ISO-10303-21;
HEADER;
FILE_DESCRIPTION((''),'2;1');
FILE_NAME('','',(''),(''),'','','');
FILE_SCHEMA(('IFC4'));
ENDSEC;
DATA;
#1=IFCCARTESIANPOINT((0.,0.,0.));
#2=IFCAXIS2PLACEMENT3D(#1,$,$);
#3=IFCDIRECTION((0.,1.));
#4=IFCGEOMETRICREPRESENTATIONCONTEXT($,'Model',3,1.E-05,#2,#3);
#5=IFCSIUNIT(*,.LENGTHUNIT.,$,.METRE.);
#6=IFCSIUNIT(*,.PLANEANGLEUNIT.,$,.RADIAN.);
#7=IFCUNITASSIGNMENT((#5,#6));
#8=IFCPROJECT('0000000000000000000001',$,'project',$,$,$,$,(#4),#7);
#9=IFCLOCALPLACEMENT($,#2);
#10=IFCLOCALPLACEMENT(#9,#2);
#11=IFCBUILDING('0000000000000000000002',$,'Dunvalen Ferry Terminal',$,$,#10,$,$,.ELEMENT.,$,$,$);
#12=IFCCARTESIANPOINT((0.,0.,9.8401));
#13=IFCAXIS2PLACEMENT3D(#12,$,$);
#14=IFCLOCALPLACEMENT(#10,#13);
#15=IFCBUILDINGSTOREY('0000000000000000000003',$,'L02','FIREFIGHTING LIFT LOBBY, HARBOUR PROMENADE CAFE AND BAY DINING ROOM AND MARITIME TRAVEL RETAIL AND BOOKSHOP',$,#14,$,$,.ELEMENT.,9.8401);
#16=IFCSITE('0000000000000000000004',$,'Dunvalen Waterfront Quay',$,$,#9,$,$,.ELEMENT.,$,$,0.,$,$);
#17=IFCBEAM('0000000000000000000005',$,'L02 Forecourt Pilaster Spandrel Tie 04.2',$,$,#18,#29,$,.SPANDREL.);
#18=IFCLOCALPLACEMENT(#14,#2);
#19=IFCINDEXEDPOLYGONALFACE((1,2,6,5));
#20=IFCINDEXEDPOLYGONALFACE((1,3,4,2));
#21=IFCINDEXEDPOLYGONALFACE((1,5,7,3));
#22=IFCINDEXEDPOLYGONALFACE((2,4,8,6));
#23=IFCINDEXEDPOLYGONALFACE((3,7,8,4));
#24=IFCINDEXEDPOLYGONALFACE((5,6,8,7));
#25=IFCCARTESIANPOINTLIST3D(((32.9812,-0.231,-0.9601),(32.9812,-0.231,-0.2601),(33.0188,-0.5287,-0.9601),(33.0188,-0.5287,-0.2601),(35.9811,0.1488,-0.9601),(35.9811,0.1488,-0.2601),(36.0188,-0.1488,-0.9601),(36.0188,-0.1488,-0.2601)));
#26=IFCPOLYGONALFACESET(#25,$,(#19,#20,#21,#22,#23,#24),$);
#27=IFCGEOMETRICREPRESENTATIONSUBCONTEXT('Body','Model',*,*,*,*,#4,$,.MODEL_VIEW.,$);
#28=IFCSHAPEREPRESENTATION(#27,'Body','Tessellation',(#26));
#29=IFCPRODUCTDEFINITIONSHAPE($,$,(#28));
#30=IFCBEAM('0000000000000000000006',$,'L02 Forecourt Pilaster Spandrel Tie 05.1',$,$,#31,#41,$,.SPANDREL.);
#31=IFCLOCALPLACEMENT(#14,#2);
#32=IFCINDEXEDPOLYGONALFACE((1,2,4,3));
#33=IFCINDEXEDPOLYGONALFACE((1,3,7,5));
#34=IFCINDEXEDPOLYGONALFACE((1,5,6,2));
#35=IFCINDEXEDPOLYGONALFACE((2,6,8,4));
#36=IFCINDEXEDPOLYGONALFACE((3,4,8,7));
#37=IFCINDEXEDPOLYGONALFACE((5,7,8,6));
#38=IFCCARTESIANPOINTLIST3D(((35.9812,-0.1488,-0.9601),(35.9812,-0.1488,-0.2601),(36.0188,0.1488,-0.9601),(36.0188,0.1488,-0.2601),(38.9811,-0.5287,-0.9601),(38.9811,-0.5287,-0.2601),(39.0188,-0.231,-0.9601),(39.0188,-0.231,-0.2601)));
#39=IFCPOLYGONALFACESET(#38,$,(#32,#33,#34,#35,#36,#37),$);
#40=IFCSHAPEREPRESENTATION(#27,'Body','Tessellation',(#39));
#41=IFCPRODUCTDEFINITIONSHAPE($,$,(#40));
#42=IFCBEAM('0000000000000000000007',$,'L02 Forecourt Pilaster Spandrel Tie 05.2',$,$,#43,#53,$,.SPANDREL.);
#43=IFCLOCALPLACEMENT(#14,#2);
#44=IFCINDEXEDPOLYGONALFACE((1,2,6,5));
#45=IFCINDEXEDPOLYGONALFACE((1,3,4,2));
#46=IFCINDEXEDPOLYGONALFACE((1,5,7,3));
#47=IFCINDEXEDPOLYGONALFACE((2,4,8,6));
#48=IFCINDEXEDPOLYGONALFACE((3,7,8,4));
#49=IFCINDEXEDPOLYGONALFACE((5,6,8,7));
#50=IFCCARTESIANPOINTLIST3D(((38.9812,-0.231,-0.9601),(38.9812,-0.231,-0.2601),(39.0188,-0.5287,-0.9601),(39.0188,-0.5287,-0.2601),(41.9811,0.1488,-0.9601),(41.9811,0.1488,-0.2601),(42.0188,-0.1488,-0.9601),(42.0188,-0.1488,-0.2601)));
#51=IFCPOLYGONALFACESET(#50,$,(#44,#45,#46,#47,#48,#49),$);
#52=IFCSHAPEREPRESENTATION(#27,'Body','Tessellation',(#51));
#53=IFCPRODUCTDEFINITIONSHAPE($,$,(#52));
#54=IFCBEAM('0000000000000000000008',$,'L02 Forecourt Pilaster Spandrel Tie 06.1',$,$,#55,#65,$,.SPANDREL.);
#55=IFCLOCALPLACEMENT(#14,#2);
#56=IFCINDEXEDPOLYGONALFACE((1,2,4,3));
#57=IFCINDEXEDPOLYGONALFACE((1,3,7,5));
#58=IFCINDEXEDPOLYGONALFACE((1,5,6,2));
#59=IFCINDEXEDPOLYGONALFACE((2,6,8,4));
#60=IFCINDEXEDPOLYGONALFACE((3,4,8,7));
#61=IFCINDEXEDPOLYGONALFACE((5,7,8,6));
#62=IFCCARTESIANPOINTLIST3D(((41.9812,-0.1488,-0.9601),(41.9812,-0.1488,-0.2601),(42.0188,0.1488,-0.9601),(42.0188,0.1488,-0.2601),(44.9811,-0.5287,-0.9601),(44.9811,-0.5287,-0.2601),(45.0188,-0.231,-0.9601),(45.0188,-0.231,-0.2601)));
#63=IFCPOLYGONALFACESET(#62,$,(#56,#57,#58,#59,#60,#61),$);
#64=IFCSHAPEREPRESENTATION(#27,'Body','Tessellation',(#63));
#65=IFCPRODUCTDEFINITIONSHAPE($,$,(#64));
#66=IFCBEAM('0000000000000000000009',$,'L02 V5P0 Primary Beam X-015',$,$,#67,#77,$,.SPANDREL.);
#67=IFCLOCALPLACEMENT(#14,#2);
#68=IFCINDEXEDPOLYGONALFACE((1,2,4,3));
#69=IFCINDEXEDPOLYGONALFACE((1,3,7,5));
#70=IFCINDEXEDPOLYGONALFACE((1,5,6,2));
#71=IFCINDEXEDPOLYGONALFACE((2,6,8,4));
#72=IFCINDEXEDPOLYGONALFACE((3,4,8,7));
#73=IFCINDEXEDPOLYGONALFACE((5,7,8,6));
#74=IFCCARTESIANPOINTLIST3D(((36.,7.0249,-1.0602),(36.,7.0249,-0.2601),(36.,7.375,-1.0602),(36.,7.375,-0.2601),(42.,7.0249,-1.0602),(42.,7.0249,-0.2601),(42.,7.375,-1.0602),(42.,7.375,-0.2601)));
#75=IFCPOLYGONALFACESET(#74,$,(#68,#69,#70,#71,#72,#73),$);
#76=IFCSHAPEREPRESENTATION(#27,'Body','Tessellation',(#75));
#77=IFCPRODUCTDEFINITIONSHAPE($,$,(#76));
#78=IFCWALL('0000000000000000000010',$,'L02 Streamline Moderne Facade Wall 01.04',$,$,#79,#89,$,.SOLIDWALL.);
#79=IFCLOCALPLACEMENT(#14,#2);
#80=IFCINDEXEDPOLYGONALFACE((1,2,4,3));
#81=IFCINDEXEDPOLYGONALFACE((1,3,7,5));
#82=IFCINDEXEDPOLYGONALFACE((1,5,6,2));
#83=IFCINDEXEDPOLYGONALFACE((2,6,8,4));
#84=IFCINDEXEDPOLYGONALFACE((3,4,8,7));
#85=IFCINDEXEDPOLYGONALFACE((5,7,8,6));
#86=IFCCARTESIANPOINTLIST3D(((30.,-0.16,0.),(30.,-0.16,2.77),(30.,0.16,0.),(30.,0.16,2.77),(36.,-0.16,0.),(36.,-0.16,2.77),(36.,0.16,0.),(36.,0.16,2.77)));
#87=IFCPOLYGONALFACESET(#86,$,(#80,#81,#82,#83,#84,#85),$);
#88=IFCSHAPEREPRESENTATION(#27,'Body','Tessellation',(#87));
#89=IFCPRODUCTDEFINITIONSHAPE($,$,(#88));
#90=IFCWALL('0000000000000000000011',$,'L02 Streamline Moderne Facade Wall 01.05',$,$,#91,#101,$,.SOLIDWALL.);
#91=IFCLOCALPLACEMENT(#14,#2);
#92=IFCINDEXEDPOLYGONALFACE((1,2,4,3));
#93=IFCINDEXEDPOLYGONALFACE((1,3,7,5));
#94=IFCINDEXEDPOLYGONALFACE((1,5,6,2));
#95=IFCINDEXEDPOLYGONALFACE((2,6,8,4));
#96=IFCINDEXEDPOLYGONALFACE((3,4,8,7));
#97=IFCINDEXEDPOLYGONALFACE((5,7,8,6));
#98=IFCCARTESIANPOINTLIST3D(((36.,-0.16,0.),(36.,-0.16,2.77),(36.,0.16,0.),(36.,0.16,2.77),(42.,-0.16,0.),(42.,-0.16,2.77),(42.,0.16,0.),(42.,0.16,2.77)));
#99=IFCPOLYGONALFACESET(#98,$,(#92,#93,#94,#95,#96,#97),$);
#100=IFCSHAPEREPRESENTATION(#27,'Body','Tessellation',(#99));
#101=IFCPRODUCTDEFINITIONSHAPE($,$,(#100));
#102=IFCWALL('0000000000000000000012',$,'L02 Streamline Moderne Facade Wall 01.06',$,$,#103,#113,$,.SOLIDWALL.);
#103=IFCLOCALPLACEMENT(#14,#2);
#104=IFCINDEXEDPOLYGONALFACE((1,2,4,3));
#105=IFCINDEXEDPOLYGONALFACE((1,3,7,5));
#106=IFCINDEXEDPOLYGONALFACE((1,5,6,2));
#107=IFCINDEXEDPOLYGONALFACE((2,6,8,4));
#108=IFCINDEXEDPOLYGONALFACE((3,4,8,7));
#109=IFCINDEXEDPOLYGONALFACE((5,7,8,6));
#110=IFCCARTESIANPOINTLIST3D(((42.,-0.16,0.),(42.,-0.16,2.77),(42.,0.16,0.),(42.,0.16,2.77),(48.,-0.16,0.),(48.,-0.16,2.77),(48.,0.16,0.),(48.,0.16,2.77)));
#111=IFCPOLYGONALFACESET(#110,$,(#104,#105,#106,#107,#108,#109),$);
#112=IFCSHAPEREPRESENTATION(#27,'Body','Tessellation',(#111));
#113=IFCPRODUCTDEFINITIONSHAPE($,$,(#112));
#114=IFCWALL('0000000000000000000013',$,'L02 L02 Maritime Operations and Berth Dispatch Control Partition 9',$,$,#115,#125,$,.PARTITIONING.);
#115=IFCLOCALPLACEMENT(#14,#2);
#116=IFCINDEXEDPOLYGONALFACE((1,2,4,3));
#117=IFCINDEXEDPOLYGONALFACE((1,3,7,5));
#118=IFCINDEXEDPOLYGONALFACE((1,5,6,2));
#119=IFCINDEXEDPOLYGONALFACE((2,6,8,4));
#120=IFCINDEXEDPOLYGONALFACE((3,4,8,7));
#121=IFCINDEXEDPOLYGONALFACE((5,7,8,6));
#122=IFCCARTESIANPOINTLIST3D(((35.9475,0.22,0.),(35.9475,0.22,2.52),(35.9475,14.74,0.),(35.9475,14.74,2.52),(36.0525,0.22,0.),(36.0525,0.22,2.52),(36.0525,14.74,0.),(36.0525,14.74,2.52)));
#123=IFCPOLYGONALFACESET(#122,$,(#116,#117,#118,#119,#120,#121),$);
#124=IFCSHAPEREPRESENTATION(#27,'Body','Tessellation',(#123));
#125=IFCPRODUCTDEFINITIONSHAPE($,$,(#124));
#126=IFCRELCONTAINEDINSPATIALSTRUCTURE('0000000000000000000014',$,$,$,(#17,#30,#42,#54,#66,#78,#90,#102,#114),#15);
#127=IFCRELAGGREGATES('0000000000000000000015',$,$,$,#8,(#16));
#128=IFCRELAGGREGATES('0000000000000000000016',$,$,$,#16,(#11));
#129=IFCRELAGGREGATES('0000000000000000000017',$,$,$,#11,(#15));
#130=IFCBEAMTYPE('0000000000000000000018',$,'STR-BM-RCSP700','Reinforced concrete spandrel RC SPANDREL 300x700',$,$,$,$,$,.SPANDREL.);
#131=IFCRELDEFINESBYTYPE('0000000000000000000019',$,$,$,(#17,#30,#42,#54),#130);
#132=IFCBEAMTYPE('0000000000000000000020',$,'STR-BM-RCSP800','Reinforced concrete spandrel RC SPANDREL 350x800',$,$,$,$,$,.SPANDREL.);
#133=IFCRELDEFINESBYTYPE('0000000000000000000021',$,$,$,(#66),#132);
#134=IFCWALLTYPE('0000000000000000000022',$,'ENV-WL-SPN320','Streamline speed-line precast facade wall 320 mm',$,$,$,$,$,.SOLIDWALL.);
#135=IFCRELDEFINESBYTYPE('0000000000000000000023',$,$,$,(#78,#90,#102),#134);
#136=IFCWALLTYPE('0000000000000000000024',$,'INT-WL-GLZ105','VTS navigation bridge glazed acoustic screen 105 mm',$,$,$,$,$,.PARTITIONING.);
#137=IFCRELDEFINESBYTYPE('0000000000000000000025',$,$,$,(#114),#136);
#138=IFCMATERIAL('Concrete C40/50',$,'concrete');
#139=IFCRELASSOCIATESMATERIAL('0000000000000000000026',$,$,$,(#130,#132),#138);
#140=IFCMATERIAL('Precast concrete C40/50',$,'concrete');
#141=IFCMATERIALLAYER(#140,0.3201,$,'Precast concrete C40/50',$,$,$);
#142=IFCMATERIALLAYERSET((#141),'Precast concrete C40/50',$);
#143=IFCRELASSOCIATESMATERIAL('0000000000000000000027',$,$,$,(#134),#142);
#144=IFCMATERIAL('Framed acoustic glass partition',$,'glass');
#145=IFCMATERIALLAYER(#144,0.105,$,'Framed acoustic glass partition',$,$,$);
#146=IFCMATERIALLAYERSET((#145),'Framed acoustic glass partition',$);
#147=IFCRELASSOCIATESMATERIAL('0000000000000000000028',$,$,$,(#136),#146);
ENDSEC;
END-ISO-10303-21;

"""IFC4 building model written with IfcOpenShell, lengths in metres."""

from ifc_helpers import new_model, si_unit, direction, frame, frame_2d, origin, origin_2d, place, context, subcontext, project, spatial, rectangle, extrude, material, layer, layer_set, material_profile, profile_set, type_object, element, save


model = new_model("IFC4")

# Units and contexts
model_context = context("Model", 3, precision=1e-05, world=origin(), true_north=direction((0.0, 1.0)))
body_context = subcontext(model_context, "Body", "Model", "MODEL_VIEW")
ifc_project = project(units=[si_unit("LENGTHUNIT", "METRE"), si_unit("PLANEANGLEUNIT", "RADIAN")], contexts=[model_context])

# Site, building, storey
site_placement = place(None, origin())
site = spatial("IfcSite", under=ifc_project, at=site_placement, Name="Dunvalen Waterfront Quay", CompositionType="ELEMENT", RefElevation=0.0)
building_placement = place(site_placement, origin())
building = spatial("IfcBuilding", under=site, at=building_placement, Name="Dunvalen Ferry Terminal", CompositionType="ELEMENT")
storey_placement = place(building_placement, frame((0.0, 0.0, 9.8401)))
storey = spatial("IfcBuildingStorey", under=building, at=storey_placement, Name="L02", Description="FIREFIGHTING LIFT LOBBY, HARBOUR PROMENADE CAFE AND BAY DINING ROOM AND MARITIME TRAVEL RETAIL AND BOOKSHOP", CompositionType="ELEMENT", Elevation=9.8401)

# Shared definitions
ifc_material_1 = material(Name="Concrete C40/50", Category="concrete")

# Beams
ifc_material_profile_1 = material_profile(ifc_material_1, rectangle(XDim=0.3, YDim=0.7, at=origin_2d()), Name="Concrete C40/50")
ifc_profile_set_1 = profile_set([ifc_material_profile_1], Name="Concrete C40/50")
beam_type_1 = type_object("IfcBeamType", Name="STR-BM-RCSP700", Description="Reinforced concrete spandrel RC SPANDREL 300x700", PredefinedType="SPANDREL", material=ifc_profile_set_1)
for number, where, z_axis, x_axis, name in (
    (1, (33.0, -0.3799, -0.6101), (0.992078, 0.125624, 0.0), (-0.125624, 0.992078, 0.0), "L02 Forecourt Pilaster Spandrel Tie 04.2"),
    (2, (36.0, 0.0, -0.6101), (0.992078, -0.125624, 0.0), (0.125624, 0.992078, 0.0), "L02 Forecourt Pilaster Spandrel Tie 05.1"),
    (3, (39.0, -0.3799, -0.6101), (0.992078, 0.125624, 0.0), (-0.125624, 0.992078, 0.0), "L02 Forecourt Pilaster Spandrel Tie 05.2"),
    (4, (42.0, 0.0, -0.6101), (0.992078, -0.125624, 0.0), (0.125624, 0.992078, 0.0), "L02 Forecourt Pilaster Spandrel Tie 06.1"),
):
    element("IfcBeam", number, at=place(storey_placement, frame(where, z_axis=z_axis, x_axis=x_axis)), inside=storey, type_object=beam_type_1, Name=name, PredefinedType="SPANDREL", context=body_context, shape_type="SweptSolid", body=[
        extrude(rectangle(XDim=0.3, YDim=0.7, at=origin_2d()), origin(), (0.0, 0.0, 1.0), 3.0239),
    ])
ifc_material_profile_2 = material_profile(ifc_material_1, rectangle(XDim=0.3501, YDim=0.8, at=origin_2d()), Name="Concrete C40/50")
ifc_profile_set_2 = profile_set([ifc_material_profile_2], Name="Concrete C40/50")
beam_type_2 = type_object("IfcBeamType", Name="STR-BM-RCSP800", Description="Reinforced concrete spandrel RC SPANDREL 350x800", PredefinedType="SPANDREL", material=ifc_profile_set_2)
beam_1_placement = place(storey_placement, frame((36.0, 7.2, -0.6602), z_axis=(1.0, 0.0, 0.0), x_axis=(0.0, 1.0, 0.0)))
element("IfcBeam", 5, at=beam_1_placement, inside=storey, type_object=beam_type_2, Name="L02 V5P0 Primary Beam X-015", PredefinedType="SPANDREL", context=body_context, shape_type="SweptSolid", body=[
    extrude(rectangle(XDim=0.3501, YDim=0.8, at=origin_2d()), origin(), (0.0, 0.0, 1.0), 6.0),
])

# Walls
ifc_material_2 = material(Name="Precast concrete C40/50", Category="concrete")
ifc_layer_1 = layer(ifc_material_2, 0.3201, Name="Precast concrete C40/50")
ifc_layer_set_1 = layer_set([ifc_layer_1], Name="Precast concrete C40/50")
wall_type_1 = type_object("IfcWallType", Name="ENV-WL-SPN320", Description="Streamline speed-line precast facade wall 320 mm", PredefinedType="SOLIDWALL", material=ifc_layer_set_1)
for number, where, z_axis, x_axis, name in (
    (6, (30.0, 0.0, 0.0), (0.0, 0.0, 1.0), (1.0, 0.0, 0.0), "L02 Streamline Moderne Facade Wall 01.04"),
    (7, (36.0, 0.0, 0.0), (0.0, 0.0, 1.0), (1.0, 0.0, 0.0), "L02 Streamline Moderne Facade Wall 01.05"),
    (8, (42.0, 0.0, 0.0), (0.0, 0.0, 1.0), (1.0, 0.0, 0.0), "L02 Streamline Moderne Facade Wall 01.06"),
):
    element("IfcWall", number, at=place(storey_placement, frame(where, z_axis=z_axis, x_axis=x_axis)), inside=storey, type_object=wall_type_1, Name=name, PredefinedType="SOLIDWALL", context=body_context, shape_type="SweptSolid", body=[
        extrude(rectangle(XDim=6.0, YDim=0.3201, at=frame_2d((3.0, 0.0))), origin(), (0.0, 0.0, 1.0), 2.77),
    ])
ifc_material_3 = material(Name="Framed acoustic glass partition", Category="glass")
ifc_layer_2 = layer(ifc_material_3, 0.105, Name="Framed acoustic glass partition")
ifc_layer_set_2 = layer_set([ifc_layer_2], Name="Framed acoustic glass partition")
wall_type_2 = type_object("IfcWallType", Name="INT-WL-GLZ105", Description="VTS navigation bridge glazed acoustic screen 105 mm", PredefinedType="PARTITIONING", material=ifc_layer_set_2)
wall_placement = place(storey_placement, frame((36.0, 0.22, 0.0), z_axis=(0.0, 0.0, 1.0), x_axis=(0.0, 1.0, 0.0)))
element("IfcWall", 9, at=wall_placement, inside=storey, type_object=wall_type_2, Name="L02 L02 Maritime Operations and Berth Dispatch Control Partition 9", PredefinedType="PARTITIONING", context=body_context, shape_type="SweptSolid", body=[
    extrude(rectangle(XDim=14.52, YDim=0.105, at=frame_2d((7.26, 0.0))), origin(), (0.0, 0.0, 1.0), 2.52),
])

save(model, "model.ifc")
